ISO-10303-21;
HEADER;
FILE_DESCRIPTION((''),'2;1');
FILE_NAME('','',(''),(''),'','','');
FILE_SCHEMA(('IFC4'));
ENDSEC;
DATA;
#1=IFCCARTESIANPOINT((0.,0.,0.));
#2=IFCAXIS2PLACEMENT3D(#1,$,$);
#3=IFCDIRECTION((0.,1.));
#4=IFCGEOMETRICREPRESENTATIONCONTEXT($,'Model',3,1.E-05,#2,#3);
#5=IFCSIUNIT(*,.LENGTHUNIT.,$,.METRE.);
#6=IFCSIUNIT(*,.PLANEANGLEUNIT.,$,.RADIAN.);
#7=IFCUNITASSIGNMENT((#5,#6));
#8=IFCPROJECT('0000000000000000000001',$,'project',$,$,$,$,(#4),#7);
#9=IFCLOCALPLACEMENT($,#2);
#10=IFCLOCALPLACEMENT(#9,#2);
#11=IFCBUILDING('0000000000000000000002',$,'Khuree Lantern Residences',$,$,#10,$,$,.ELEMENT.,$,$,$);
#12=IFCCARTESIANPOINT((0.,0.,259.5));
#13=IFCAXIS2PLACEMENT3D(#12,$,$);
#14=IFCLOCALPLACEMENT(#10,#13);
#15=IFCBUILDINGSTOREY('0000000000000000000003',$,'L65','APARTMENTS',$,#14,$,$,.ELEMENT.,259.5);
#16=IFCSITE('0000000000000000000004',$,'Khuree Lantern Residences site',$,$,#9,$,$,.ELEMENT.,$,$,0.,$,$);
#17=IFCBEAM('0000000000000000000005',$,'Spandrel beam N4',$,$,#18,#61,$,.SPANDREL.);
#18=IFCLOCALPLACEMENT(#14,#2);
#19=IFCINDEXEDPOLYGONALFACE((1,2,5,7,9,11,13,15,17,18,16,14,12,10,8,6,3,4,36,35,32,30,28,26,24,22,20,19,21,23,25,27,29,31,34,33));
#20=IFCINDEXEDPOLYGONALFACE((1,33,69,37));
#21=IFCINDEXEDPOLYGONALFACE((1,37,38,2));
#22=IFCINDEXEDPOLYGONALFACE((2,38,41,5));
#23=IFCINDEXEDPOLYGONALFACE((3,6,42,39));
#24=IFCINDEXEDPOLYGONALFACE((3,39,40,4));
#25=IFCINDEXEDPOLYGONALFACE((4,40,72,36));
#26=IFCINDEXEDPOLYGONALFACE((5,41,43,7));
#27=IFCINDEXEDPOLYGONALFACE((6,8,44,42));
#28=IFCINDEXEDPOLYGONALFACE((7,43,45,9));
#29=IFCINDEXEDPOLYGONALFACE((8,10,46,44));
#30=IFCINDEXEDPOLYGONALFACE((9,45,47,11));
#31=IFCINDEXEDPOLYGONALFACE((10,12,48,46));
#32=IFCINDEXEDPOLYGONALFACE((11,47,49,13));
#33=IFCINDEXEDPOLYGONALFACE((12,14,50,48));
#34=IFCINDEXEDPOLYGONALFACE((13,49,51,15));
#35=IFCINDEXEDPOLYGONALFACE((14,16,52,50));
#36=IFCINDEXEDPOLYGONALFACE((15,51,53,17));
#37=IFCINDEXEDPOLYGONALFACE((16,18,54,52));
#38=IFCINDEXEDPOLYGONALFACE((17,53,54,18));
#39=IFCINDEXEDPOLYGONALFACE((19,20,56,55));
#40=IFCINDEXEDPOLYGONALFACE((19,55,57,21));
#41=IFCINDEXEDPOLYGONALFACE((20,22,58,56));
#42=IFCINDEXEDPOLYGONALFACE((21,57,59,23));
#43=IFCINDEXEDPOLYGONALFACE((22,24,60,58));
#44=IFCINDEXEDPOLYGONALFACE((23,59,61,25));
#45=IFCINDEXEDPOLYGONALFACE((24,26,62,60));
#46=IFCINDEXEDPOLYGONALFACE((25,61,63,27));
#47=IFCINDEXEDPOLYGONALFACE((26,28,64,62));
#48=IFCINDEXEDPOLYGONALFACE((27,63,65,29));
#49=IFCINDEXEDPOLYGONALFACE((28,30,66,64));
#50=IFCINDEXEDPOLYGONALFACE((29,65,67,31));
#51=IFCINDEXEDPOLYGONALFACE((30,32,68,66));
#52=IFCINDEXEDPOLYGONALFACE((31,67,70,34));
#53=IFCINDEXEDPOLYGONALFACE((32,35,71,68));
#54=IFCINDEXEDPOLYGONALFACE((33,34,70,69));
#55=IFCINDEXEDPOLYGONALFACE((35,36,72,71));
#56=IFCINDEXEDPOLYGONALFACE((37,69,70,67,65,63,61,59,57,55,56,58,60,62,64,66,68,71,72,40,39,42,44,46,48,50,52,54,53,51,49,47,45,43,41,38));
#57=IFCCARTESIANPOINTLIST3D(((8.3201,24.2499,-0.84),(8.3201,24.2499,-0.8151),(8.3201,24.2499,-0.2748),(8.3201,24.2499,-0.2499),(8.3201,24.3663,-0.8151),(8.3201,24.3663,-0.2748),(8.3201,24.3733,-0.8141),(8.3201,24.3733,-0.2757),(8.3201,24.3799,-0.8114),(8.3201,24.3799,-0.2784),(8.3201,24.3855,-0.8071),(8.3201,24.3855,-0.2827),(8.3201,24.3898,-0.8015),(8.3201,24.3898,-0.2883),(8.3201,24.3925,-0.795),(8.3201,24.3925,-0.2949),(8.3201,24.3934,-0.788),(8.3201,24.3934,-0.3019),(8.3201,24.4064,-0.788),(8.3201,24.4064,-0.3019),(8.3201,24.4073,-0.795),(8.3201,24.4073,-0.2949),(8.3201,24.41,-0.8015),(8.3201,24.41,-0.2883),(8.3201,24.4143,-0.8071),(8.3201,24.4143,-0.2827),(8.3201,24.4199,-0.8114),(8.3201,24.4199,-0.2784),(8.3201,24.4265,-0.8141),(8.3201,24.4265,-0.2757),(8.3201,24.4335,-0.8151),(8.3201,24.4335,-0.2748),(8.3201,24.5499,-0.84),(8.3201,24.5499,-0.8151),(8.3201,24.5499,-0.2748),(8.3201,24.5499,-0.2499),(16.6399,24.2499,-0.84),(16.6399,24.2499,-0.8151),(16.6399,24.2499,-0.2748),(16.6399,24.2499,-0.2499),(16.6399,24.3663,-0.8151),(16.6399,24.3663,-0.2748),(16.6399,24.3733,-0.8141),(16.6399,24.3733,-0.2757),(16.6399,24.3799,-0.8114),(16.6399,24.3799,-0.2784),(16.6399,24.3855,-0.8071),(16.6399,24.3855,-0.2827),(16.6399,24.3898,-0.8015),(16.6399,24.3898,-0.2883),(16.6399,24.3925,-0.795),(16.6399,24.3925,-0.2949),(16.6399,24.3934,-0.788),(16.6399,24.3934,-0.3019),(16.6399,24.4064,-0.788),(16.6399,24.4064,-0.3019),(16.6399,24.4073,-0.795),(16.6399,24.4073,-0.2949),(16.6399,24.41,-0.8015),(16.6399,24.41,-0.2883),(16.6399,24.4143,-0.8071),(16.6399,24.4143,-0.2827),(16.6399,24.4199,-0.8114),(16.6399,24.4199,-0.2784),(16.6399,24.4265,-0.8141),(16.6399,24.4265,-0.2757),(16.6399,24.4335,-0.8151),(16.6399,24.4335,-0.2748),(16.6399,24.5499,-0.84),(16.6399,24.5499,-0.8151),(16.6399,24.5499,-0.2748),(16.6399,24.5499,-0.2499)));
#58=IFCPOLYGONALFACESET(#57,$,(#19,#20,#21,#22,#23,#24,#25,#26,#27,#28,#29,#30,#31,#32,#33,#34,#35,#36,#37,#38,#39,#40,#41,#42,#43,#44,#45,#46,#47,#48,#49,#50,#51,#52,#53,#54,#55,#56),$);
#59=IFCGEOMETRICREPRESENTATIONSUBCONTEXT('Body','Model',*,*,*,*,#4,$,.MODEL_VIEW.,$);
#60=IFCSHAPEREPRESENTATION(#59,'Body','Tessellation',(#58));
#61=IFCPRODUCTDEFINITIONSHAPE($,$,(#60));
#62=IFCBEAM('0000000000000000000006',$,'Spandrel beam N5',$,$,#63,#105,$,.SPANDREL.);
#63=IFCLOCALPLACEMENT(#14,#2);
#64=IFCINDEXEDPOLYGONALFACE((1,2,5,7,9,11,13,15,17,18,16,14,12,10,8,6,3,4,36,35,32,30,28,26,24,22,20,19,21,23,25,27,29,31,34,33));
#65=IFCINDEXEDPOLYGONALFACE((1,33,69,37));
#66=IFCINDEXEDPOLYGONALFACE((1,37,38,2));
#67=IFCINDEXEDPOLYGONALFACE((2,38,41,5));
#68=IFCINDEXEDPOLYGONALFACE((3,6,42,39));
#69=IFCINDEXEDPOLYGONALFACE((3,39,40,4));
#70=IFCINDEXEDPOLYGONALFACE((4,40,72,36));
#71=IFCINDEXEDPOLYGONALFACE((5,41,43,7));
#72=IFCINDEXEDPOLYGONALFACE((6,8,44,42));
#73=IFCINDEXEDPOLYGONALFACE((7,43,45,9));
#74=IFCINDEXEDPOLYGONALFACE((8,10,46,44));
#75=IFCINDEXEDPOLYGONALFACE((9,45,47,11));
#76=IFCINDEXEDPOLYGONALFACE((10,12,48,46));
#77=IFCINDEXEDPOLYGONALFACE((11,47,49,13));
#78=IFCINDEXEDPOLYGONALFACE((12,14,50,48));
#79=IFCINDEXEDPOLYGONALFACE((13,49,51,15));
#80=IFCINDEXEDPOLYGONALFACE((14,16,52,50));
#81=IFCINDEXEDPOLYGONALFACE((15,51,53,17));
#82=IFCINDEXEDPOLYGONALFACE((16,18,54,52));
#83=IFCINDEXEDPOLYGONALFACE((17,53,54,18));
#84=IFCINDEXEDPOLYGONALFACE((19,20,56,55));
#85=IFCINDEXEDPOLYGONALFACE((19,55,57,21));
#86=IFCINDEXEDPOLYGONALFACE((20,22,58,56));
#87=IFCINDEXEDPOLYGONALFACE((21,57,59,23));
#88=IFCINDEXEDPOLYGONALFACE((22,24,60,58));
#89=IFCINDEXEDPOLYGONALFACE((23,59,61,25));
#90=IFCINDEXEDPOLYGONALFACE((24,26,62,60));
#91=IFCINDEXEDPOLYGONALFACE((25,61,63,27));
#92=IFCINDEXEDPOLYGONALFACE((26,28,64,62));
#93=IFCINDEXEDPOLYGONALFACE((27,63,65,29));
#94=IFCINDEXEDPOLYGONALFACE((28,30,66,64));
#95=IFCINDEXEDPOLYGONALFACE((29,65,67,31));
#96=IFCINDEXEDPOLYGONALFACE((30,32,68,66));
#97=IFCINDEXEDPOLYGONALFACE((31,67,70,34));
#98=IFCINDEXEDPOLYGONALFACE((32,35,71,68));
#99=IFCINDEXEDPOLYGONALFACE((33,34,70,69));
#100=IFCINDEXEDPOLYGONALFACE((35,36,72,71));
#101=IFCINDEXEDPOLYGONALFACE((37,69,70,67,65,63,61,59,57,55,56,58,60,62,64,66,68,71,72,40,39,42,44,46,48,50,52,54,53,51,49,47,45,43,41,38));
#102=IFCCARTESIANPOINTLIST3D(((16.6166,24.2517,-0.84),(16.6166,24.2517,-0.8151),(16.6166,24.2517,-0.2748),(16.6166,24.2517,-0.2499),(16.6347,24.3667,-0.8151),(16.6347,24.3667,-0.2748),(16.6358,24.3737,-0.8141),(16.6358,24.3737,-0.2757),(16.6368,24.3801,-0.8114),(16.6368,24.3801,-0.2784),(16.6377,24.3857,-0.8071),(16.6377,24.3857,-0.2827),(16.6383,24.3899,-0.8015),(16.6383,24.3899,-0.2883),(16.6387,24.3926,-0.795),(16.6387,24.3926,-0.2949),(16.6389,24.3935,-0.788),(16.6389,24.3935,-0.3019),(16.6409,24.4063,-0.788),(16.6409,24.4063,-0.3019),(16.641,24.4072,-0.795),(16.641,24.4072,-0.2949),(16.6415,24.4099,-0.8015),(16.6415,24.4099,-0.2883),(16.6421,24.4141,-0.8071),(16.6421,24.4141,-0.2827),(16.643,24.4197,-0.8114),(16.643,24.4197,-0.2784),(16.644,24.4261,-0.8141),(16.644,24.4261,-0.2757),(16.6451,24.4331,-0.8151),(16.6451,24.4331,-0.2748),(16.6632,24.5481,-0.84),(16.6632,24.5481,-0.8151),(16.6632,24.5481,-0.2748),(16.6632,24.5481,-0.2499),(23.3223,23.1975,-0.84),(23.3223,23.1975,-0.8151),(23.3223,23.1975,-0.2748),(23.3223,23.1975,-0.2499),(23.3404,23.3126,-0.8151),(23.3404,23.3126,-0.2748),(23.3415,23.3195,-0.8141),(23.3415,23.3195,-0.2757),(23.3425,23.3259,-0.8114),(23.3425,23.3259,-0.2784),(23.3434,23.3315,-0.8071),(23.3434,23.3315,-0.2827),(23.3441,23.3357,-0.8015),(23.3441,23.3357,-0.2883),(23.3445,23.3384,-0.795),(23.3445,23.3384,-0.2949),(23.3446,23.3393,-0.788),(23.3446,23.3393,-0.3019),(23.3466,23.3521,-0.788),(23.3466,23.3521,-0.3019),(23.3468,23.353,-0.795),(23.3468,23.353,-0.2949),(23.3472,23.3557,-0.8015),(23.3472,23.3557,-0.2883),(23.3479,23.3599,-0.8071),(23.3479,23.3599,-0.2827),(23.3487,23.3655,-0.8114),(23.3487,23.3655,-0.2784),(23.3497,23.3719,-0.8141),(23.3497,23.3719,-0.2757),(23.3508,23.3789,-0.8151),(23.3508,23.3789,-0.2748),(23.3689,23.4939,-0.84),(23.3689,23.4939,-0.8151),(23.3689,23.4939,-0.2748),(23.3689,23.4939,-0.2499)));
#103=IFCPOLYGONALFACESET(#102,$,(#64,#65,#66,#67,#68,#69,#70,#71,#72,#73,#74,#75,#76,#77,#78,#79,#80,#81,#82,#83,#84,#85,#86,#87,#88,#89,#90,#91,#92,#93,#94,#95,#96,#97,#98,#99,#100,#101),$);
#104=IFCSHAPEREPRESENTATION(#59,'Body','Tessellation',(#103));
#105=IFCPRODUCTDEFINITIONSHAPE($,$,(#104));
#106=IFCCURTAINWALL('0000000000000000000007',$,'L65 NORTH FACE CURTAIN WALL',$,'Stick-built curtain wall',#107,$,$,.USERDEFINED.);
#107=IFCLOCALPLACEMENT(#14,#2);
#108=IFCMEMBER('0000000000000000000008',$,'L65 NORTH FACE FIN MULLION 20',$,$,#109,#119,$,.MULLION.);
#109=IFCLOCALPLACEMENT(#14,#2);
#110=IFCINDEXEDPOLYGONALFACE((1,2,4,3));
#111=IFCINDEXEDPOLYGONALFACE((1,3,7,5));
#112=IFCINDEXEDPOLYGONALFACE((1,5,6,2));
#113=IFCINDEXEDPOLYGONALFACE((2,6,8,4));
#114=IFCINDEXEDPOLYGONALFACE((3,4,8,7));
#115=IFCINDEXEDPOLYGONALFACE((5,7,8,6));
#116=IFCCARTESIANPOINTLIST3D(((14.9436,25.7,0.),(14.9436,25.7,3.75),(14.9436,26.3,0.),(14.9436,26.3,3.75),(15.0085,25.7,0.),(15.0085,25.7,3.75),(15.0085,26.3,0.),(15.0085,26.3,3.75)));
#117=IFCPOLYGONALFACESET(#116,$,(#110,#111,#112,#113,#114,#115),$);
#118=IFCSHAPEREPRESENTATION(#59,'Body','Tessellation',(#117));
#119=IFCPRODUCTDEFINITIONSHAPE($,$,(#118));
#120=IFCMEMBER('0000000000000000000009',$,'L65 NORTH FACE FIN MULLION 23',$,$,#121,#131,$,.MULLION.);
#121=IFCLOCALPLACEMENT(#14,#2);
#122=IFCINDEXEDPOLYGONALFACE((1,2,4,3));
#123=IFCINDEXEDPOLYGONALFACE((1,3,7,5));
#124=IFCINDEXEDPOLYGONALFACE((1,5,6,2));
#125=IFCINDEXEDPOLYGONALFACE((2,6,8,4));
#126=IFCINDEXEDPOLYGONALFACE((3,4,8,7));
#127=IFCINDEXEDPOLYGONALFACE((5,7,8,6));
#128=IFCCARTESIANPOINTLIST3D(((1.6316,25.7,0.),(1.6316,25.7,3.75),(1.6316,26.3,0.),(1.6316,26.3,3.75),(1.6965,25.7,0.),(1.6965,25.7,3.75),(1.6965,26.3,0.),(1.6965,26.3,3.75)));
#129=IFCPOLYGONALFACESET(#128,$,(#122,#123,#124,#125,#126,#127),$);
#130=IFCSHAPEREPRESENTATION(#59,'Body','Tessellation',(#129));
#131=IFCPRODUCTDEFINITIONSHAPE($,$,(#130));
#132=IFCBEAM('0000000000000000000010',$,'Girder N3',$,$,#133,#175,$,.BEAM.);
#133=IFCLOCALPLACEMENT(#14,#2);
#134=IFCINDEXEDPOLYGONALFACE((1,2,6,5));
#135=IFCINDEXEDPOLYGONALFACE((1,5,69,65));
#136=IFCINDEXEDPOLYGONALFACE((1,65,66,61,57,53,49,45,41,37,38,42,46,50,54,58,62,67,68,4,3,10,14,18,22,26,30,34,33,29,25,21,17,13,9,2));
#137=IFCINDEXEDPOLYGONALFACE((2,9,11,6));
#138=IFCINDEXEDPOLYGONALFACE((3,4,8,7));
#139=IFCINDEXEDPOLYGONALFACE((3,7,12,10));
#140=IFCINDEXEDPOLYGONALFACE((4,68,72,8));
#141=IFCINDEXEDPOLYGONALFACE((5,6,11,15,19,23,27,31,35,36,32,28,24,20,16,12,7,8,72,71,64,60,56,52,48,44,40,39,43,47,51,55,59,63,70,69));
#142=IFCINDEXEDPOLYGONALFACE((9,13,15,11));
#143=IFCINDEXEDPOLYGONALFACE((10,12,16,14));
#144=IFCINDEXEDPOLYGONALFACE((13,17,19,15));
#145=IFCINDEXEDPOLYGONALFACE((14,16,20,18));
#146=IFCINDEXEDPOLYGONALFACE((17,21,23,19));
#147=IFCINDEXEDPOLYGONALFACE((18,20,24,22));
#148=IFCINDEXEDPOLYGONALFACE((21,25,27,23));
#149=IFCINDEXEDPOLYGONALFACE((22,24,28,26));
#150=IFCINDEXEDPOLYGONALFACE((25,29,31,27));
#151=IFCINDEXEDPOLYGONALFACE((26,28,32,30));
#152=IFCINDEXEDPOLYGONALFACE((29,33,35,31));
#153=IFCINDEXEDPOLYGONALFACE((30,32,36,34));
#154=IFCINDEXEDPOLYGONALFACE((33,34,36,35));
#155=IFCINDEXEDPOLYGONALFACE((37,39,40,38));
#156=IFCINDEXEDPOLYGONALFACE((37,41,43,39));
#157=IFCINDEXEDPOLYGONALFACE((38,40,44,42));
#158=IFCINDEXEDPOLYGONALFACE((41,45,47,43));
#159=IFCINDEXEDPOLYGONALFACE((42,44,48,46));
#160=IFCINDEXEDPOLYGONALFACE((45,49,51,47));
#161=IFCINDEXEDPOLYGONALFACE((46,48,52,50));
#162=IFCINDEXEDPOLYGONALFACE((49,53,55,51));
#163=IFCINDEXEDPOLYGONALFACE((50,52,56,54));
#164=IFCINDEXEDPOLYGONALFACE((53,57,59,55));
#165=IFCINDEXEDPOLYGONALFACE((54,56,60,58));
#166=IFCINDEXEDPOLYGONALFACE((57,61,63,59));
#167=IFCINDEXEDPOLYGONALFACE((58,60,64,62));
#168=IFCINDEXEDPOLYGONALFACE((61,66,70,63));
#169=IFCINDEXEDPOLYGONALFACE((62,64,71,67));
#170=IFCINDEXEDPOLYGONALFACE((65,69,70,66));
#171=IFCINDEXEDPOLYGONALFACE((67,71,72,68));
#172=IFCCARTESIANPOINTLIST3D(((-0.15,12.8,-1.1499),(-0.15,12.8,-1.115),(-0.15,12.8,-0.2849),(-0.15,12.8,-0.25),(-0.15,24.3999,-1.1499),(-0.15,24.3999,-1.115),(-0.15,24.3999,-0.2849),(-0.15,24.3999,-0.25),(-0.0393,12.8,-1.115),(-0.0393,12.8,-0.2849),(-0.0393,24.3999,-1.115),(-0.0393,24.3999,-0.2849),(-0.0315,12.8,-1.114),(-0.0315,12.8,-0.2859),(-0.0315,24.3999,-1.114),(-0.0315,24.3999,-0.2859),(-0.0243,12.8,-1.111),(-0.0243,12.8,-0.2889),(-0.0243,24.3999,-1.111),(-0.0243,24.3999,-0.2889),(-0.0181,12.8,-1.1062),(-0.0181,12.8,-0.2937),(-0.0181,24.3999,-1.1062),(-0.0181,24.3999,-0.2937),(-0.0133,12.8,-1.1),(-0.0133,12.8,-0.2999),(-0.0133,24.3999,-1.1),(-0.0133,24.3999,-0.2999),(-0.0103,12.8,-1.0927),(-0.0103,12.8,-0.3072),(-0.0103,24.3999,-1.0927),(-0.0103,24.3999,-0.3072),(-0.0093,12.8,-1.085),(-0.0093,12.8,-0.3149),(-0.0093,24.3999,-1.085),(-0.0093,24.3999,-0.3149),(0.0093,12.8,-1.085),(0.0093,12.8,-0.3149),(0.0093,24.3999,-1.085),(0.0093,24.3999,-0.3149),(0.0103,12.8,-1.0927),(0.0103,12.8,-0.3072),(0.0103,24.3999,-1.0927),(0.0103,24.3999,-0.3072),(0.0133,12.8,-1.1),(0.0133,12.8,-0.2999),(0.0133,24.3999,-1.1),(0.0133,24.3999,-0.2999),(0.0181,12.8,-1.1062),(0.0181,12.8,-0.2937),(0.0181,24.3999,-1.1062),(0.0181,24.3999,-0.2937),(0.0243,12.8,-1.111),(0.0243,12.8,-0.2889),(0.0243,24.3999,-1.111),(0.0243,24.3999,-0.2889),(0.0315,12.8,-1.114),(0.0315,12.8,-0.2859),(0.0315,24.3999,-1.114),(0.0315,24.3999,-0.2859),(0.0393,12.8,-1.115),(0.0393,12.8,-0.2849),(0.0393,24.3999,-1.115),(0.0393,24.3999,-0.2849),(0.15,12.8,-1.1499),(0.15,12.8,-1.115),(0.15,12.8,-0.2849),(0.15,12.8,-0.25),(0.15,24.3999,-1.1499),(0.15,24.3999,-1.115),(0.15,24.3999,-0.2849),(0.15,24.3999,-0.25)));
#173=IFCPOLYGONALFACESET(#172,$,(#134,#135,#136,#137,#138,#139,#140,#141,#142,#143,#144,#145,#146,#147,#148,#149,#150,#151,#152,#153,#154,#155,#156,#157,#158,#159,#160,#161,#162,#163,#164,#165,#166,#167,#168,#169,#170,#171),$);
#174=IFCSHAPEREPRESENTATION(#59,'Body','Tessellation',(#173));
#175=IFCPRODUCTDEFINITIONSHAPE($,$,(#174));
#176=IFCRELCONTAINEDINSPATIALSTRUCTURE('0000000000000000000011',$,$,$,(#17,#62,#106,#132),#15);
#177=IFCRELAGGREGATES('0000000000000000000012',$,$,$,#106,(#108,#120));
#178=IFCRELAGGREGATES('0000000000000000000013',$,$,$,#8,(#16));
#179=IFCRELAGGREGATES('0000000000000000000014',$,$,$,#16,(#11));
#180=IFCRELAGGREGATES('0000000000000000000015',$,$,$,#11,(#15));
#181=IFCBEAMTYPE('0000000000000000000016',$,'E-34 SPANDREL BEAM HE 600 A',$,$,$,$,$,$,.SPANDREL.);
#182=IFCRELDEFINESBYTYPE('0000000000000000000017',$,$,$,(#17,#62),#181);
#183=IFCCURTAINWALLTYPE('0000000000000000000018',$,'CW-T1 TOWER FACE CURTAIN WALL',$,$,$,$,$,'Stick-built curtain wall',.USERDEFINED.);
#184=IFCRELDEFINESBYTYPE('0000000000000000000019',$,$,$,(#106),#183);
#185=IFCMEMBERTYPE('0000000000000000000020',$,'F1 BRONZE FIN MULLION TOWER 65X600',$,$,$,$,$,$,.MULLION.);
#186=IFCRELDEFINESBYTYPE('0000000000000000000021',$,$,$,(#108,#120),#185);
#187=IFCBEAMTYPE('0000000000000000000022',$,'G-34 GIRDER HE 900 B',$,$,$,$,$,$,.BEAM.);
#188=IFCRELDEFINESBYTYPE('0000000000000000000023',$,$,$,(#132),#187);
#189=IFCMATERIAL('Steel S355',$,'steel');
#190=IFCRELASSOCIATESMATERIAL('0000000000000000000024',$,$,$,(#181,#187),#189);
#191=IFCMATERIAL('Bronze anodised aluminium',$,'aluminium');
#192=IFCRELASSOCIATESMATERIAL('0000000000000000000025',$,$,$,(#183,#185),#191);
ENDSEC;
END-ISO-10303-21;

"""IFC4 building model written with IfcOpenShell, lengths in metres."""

from ifc_helpers import new_model, si_unit, direction, frame, origin, origin_2d, place, context, subcontext, project, spatial, rectangle, i_section, extrude, material, material_profile, profile_set, type_object, element, aggregate, save


model = new_model("IFC4")

# Units and contexts
model_context = context("Model", 3, precision=1e-05, world=origin(), true_north=direction((0.0, 1.0)))
body_context = subcontext(model_context, "Body", "Model", "MODEL_VIEW")
ifc_project = project(units=[si_unit("LENGTHUNIT", "METRE"), si_unit("PLANEANGLEUNIT", "RADIAN")], contexts=[model_context])

# Site, building, storey
site_placement = place(None, origin())
site = spatial("IfcSite", under=ifc_project, at=site_placement, Name="Khuree Lantern Residences site", CompositionType="ELEMENT", RefElevation=0.0)
building_placement = place(site_placement, origin())
building = spatial("IfcBuilding", under=site, at=building_placement, Name="Khuree Lantern Residences", CompositionType="ELEMENT")
storey_placement = place(building_placement, frame((0.0, 0.0, 259.5)))
storey = spatial("IfcBuildingStorey", under=building, at=storey_placement, Name="L65", Description="APARTMENTS", CompositionType="ELEMENT", Elevation=259.5)

# Beams
ifc_material_1 = material(Name="Steel S355", Category="steel")
ifc_material_profile_1 = material_profile(ifc_material_1, i_section(OverallWidth=0.3, OverallDepth=0.5901, WebThickness=0.0129, FlangeThickness=0.0249, FilletRadius=0.0271, at=origin_2d()), Name="HE 600 A")
ifc_profile_set_1 = profile_set([ifc_material_profile_1], Name="Steel S355")
beam_type_1 = type_object("IfcBeamType", Name="E-34 SPANDREL BEAM HE 600 A", PredefinedType="SPANDREL", material=ifc_profile_set_1)
beam_1_placement = place(storey_placement, frame((8.3201, 24.3999, -0.5449), z_axis=(1.0, 0.0, 0.0), x_axis=(0.0, 1.0, 0.0)))
element("IfcBeam", 1, at=beam_1_placement, inside=storey, type_object=beam_type_1, Name="Spandrel beam N4", PredefinedType="SPANDREL", context=body_context, shape_type="SweptSolid", body=[
    extrude(i_section(OverallWidth=0.3, OverallDepth=0.5901, WebThickness=0.0129, FlangeThickness=0.0249, FilletRadius=0.0271, at=origin_2d()), origin(), (0.0, 0.0, 1.0), 8.3198),
])
beam_2_placement = place(storey_placement, frame((16.6399, 24.3999, -0.5449), z_axis=(0.987867, -0.1553, 0.0), x_axis=(0.1553, 0.987867, 0.0)))
element("IfcBeam", 2, at=beam_2_placement, inside=storey, type_object=beam_type_1, Name="Spandrel beam N5", PredefinedType="SPANDREL", context=body_context, shape_type="SweptSolid", body=[
    extrude(i_section(OverallWidth=0.3, OverallDepth=0.5901, WebThickness=0.0129, FlangeThickness=0.0249, FilletRadius=0.0271, at=origin_2d()), origin(), (0.0, 0.0, 1.0), 6.7881),
])

# Curtain wall, members
ifc_material_2 = material(Name="Bronze anodised aluminium", Category="aluminium")
curtain_wall_type = type_object("IfcCurtainWallType", Name="CW-T1 TOWER FACE CURTAIN WALL", ElementType="Stick-built curtain wall", PredefinedType="USERDEFINED", material=ifc_material_2)
curtain_wall_placement = place(storey_placement, origin())
curtain_wall = element("IfcCurtainWall", 3, at=curtain_wall_placement, inside=storey, type_object=curtain_wall_type, Name="L65 NORTH FACE CURTAIN WALL", ObjectType="Stick-built curtain wall", PredefinedType="USERDEFINED")
ifc_material_profile_2 = material_profile(ifc_material_2, rectangle(XDim=0.0649, YDim=0.6001, at=origin_2d()), Name="F1 65X600")
ifc_profile_set_2 = profile_set([ifc_material_profile_2], Name="Bronze anodised aluminium")
member_type_1 = type_object("IfcMemberType", Name="F1 BRONZE FIN MULLION TOWER 65X600", PredefinedType="MULLION", material=ifc_profile_set_2)
member_1_placement = place(storey_placement, frame((14.9761, 26.0, 0.0), z_axis=(0.0, 0.0, 1.0), x_axis=(-1.0, 0.0, 0.0)))
member_1 = element("IfcMember", 4, at=member_1_placement, type_object=member_type_1, Name="L65 NORTH FACE FIN MULLION 20", PredefinedType="MULLION", context=body_context, shape_type="SweptSolid", body=[
    extrude(rectangle(XDim=0.0649, YDim=0.6001, at=origin_2d()), origin(), (0.0, 0.0, 1.0), 3.75),
])
member_2_placement = place(storey_placement, frame((1.6641, 26.0, 0.0), z_axis=(0.0, 0.0, 1.0), x_axis=(-1.0, 0.0, 0.0)))
member_2 = element("IfcMember", 5, at=member_2_placement, type_object=member_type_1, Name="L65 NORTH FACE FIN MULLION 23", PredefinedType="MULLION", context=body_context, shape_type="SweptSolid", body=[
    extrude(rectangle(XDim=0.0649, YDim=0.6001, at=origin_2d()), origin(), (0.0, 0.0, 1.0), 3.75),
])

# Beam
ifc_material_profile_3 = material_profile(ifc_material_1, i_section(OverallWidth=0.3, OverallDepth=0.8999, WebThickness=0.0186, FlangeThickness=0.0349, FilletRadius=0.03, at=origin_2d()), Name="HE 900 B")
ifc_profile_set_3 = profile_set([ifc_material_profile_3], Name="Steel S355")
beam_type_2 = type_object("IfcBeamType", Name="G-34 GIRDER HE 900 B", PredefinedType="BEAM", material=ifc_profile_set_3)
for number, where, z_axis, x_axis, name in (
    (6, (0.0, 24.3999, -0.7), (0.0, -1.0, 0.0), (1.0, 0.0, 0.0), "Girder N3"),
):
    element("IfcBeam", number, at=place(storey_placement, frame(where, z_axis=z_axis, x_axis=x_axis)), inside=storey, type_object=beam_type_2, Name=name, PredefinedType="BEAM", context=body_context, shape_type="SweptSolid", body=[
        extrude(i_section(OverallWidth=0.3, OverallDepth=0.8999, WebThickness=0.0186, FlangeThickness=0.0349, FilletRadius=0.03, at=origin_2d()), origin(), (0.0, 0.0, 1.0), 11.5999),
    ])

aggregate(curtain_wall, [member_1, member_2])

save(model, "model.ifc")
